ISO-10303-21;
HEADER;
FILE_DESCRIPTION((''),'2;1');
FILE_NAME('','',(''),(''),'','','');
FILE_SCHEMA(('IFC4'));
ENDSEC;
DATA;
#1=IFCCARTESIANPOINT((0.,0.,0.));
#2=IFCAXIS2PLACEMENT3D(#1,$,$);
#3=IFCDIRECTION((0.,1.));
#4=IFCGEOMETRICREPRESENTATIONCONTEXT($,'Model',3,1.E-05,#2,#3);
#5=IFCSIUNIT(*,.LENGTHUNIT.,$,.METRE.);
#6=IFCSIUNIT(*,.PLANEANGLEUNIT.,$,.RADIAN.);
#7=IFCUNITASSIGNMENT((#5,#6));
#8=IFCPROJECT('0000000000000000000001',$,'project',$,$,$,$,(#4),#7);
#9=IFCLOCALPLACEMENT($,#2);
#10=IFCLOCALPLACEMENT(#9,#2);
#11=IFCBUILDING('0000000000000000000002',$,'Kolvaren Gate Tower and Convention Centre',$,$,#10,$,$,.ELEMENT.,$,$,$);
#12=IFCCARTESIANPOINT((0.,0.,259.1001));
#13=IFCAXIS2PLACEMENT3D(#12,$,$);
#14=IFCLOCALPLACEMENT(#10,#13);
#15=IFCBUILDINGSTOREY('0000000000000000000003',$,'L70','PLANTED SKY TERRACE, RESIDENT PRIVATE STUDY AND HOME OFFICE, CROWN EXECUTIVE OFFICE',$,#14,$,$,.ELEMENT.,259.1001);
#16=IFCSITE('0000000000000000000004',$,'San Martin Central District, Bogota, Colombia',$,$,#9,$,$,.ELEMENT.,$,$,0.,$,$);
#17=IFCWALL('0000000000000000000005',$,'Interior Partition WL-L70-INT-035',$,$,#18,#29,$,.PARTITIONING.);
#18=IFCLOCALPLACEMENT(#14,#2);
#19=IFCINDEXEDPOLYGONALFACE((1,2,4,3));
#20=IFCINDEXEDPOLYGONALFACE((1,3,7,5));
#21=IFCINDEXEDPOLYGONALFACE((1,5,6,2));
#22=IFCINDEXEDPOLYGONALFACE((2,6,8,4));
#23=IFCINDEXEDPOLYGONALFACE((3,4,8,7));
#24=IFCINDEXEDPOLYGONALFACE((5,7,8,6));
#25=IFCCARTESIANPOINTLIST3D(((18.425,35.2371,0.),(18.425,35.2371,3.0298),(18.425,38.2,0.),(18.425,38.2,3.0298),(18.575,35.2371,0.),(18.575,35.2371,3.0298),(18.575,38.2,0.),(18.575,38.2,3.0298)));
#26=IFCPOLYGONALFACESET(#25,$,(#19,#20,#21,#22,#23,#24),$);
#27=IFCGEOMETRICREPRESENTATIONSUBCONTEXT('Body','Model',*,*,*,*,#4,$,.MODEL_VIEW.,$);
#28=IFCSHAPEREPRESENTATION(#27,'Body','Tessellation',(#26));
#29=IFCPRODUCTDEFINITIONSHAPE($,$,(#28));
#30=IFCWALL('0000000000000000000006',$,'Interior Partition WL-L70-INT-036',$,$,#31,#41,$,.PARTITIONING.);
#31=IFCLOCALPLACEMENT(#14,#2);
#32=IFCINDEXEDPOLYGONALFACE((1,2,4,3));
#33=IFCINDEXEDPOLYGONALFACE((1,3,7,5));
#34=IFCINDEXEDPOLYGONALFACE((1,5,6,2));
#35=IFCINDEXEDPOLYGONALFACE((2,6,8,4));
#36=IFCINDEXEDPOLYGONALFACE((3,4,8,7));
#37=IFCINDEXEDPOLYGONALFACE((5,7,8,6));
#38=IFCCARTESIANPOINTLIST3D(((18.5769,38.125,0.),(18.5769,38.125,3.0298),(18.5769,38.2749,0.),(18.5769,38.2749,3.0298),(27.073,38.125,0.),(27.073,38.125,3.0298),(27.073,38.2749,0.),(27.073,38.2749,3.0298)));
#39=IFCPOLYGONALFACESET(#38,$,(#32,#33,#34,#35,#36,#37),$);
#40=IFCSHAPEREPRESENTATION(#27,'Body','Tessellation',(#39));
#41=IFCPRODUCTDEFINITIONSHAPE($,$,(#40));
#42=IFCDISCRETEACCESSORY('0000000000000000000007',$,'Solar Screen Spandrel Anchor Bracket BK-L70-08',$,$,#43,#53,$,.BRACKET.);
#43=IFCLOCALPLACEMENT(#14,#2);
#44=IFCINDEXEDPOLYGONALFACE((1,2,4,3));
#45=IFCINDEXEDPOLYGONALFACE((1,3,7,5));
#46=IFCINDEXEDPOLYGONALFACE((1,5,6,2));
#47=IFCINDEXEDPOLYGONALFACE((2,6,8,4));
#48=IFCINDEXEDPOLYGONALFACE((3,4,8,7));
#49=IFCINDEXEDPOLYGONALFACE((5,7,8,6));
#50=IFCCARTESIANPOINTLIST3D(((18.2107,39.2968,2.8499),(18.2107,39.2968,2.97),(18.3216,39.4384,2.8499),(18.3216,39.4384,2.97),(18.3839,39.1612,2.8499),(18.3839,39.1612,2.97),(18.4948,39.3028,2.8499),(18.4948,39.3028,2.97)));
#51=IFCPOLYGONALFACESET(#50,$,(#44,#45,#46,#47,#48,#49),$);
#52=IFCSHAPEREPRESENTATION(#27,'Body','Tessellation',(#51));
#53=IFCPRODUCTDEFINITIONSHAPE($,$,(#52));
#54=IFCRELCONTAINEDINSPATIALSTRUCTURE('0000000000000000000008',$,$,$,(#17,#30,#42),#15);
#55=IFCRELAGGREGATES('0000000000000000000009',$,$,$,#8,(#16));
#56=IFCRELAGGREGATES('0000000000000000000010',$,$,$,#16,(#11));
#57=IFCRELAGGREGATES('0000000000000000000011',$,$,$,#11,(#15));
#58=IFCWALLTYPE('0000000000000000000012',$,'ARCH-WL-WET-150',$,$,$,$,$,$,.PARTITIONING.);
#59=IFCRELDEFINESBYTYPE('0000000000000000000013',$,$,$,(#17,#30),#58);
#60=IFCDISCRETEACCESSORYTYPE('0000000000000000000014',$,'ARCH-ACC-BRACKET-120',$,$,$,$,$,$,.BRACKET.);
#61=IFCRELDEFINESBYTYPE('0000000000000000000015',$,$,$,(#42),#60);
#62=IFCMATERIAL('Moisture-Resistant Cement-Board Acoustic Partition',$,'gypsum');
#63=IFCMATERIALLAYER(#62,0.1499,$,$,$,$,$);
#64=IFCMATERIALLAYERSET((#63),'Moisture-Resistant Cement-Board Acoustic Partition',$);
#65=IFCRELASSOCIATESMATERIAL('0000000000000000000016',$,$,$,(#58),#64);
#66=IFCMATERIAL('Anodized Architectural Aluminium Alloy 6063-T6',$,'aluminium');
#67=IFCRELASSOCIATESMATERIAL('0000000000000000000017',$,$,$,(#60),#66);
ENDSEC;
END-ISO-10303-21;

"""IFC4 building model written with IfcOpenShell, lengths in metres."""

from ifc_helpers import new_model, si_unit, direction, frame, frame_2d, origin, origin_2d, place, context, subcontext, project, spatial, rectangle, extrude, material, layer, layer_set, type_object, element, save


model = new_model("IFC4")

# Units and contexts
model_context = context("Model", 3, precision=1e-05, world=origin(), true_north=direction((0.0, 1.0)))
body_context = subcontext(model_context, "Body", "Model", "MODEL_VIEW")
ifc_project = project(units=[si_unit("LENGTHUNIT", "METRE"), si_unit("PLANEANGLEUNIT", "RADIAN")], contexts=[model_context])

# Site, building, storey
site_placement = place(None, origin())
site = spatial("IfcSite", under=ifc_project, at=site_placement, Name="San Martin Central District, Bogota, Colombia", CompositionType="ELEMENT", RefElevation=0.0)
building_placement = place(site_placement, origin())
building = spatial("IfcBuilding", under=site, at=building_placement, Name="Kolvaren Gate Tower and Convention Centre", CompositionType="ELEMENT")
storey_placement = place(building_placement, frame((0.0, 0.0, 259.1001)))
storey = spatial("IfcBuildingStorey", under=building, at=storey_placement, Name="L70", Description="PLANTED SKY TERRACE, RESIDENT PRIVATE STUDY AND HOME OFFICE, CROWN EXECUTIVE OFFICE", CompositionType="ELEMENT", Elevation=259.1001)

# Shared definitions
ifc_material_1 = material(Name="Anodized Architectural Aluminium Alloy 6063-T6", Category="aluminium")

# Walls
ifc_material_2 = material(Name="Moisture-Resistant Cement-Board Acoustic Partition", Category="gypsum")
ifc_layer_1 = layer(ifc_material_2, 0.1499)
ifc_layer_set_1 = layer_set([ifc_layer_1], Name="Moisture-Resistant Cement-Board Acoustic Partition")
wall_type_1 = type_object("IfcWallType", Name="ARCH-WL-WET-150", PredefinedType="PARTITIONING", material=ifc_layer_set_1)
wall_1_placement = place(storey_placement, frame((18.5, 35.2371, 0.0), z_axis=(0.0, 0.0, 1.0), x_axis=(0.0, 1.0, 0.0)))
element("IfcWall", 1, at=wall_1_placement, inside=storey, type_object=wall_type_1, Name="Interior Partition WL-L70-INT-035", PredefinedType="PARTITIONING", context=body_context, shape_type="SweptSolid", body=[
    extrude(rectangle(XDim=2.9629, YDim=0.1499, at=frame_2d((1.4814, 0.0))), origin(), (0.0, 0.0, 1.0), 3.0298),
])
wall_2_placement = place(storey_placement, frame((18.5769, 38.2, 0.0), z_axis=(0.0, 0.0, 1.0), x_axis=(1.0, 0.0, 0.0)))
element("IfcWall", 2, at=wall_2_placement, inside=storey, type_object=wall_type_1, Name="Interior Partition WL-L70-INT-036", PredefinedType="PARTITIONING", context=body_context, shape_type="SweptSolid", body=[
    extrude(rectangle(XDim=8.4961, YDim=0.1499, at=frame_2d((4.248, 0.0))), origin(), (0.0, 0.0, 1.0), 3.0298),
])

# Discrete accessory
discrete_accessory_type = type_object("IfcDiscreteAccessoryType", Name="ARCH-ACC-BRACKET-120", PredefinedType="BRACKET", material=ifc_material_1)
discrete_accessory_placement = place(storey_placement, frame((18.3528, 39.2998, 2.8499), z_axis=(0.0, 0.0, 1.0), x_axis=(0.61643, 0.78741, 0.0)))
element("IfcDiscreteAccessory", 3, at=discrete_accessory_placement, inside=storey, type_object=discrete_accessory_type, Name="Solar Screen Spandrel Anchor Bracket BK-L70-08", PredefinedType="BRACKET", context=body_context, shape_type="SweptSolid", body=[
    extrude(rectangle(XDim=0.1799, YDim=0.22, at=origin_2d()), origin(), (0.0, 0.0, 1.0), 0.1201),
])

save(model, "model.ifc")
